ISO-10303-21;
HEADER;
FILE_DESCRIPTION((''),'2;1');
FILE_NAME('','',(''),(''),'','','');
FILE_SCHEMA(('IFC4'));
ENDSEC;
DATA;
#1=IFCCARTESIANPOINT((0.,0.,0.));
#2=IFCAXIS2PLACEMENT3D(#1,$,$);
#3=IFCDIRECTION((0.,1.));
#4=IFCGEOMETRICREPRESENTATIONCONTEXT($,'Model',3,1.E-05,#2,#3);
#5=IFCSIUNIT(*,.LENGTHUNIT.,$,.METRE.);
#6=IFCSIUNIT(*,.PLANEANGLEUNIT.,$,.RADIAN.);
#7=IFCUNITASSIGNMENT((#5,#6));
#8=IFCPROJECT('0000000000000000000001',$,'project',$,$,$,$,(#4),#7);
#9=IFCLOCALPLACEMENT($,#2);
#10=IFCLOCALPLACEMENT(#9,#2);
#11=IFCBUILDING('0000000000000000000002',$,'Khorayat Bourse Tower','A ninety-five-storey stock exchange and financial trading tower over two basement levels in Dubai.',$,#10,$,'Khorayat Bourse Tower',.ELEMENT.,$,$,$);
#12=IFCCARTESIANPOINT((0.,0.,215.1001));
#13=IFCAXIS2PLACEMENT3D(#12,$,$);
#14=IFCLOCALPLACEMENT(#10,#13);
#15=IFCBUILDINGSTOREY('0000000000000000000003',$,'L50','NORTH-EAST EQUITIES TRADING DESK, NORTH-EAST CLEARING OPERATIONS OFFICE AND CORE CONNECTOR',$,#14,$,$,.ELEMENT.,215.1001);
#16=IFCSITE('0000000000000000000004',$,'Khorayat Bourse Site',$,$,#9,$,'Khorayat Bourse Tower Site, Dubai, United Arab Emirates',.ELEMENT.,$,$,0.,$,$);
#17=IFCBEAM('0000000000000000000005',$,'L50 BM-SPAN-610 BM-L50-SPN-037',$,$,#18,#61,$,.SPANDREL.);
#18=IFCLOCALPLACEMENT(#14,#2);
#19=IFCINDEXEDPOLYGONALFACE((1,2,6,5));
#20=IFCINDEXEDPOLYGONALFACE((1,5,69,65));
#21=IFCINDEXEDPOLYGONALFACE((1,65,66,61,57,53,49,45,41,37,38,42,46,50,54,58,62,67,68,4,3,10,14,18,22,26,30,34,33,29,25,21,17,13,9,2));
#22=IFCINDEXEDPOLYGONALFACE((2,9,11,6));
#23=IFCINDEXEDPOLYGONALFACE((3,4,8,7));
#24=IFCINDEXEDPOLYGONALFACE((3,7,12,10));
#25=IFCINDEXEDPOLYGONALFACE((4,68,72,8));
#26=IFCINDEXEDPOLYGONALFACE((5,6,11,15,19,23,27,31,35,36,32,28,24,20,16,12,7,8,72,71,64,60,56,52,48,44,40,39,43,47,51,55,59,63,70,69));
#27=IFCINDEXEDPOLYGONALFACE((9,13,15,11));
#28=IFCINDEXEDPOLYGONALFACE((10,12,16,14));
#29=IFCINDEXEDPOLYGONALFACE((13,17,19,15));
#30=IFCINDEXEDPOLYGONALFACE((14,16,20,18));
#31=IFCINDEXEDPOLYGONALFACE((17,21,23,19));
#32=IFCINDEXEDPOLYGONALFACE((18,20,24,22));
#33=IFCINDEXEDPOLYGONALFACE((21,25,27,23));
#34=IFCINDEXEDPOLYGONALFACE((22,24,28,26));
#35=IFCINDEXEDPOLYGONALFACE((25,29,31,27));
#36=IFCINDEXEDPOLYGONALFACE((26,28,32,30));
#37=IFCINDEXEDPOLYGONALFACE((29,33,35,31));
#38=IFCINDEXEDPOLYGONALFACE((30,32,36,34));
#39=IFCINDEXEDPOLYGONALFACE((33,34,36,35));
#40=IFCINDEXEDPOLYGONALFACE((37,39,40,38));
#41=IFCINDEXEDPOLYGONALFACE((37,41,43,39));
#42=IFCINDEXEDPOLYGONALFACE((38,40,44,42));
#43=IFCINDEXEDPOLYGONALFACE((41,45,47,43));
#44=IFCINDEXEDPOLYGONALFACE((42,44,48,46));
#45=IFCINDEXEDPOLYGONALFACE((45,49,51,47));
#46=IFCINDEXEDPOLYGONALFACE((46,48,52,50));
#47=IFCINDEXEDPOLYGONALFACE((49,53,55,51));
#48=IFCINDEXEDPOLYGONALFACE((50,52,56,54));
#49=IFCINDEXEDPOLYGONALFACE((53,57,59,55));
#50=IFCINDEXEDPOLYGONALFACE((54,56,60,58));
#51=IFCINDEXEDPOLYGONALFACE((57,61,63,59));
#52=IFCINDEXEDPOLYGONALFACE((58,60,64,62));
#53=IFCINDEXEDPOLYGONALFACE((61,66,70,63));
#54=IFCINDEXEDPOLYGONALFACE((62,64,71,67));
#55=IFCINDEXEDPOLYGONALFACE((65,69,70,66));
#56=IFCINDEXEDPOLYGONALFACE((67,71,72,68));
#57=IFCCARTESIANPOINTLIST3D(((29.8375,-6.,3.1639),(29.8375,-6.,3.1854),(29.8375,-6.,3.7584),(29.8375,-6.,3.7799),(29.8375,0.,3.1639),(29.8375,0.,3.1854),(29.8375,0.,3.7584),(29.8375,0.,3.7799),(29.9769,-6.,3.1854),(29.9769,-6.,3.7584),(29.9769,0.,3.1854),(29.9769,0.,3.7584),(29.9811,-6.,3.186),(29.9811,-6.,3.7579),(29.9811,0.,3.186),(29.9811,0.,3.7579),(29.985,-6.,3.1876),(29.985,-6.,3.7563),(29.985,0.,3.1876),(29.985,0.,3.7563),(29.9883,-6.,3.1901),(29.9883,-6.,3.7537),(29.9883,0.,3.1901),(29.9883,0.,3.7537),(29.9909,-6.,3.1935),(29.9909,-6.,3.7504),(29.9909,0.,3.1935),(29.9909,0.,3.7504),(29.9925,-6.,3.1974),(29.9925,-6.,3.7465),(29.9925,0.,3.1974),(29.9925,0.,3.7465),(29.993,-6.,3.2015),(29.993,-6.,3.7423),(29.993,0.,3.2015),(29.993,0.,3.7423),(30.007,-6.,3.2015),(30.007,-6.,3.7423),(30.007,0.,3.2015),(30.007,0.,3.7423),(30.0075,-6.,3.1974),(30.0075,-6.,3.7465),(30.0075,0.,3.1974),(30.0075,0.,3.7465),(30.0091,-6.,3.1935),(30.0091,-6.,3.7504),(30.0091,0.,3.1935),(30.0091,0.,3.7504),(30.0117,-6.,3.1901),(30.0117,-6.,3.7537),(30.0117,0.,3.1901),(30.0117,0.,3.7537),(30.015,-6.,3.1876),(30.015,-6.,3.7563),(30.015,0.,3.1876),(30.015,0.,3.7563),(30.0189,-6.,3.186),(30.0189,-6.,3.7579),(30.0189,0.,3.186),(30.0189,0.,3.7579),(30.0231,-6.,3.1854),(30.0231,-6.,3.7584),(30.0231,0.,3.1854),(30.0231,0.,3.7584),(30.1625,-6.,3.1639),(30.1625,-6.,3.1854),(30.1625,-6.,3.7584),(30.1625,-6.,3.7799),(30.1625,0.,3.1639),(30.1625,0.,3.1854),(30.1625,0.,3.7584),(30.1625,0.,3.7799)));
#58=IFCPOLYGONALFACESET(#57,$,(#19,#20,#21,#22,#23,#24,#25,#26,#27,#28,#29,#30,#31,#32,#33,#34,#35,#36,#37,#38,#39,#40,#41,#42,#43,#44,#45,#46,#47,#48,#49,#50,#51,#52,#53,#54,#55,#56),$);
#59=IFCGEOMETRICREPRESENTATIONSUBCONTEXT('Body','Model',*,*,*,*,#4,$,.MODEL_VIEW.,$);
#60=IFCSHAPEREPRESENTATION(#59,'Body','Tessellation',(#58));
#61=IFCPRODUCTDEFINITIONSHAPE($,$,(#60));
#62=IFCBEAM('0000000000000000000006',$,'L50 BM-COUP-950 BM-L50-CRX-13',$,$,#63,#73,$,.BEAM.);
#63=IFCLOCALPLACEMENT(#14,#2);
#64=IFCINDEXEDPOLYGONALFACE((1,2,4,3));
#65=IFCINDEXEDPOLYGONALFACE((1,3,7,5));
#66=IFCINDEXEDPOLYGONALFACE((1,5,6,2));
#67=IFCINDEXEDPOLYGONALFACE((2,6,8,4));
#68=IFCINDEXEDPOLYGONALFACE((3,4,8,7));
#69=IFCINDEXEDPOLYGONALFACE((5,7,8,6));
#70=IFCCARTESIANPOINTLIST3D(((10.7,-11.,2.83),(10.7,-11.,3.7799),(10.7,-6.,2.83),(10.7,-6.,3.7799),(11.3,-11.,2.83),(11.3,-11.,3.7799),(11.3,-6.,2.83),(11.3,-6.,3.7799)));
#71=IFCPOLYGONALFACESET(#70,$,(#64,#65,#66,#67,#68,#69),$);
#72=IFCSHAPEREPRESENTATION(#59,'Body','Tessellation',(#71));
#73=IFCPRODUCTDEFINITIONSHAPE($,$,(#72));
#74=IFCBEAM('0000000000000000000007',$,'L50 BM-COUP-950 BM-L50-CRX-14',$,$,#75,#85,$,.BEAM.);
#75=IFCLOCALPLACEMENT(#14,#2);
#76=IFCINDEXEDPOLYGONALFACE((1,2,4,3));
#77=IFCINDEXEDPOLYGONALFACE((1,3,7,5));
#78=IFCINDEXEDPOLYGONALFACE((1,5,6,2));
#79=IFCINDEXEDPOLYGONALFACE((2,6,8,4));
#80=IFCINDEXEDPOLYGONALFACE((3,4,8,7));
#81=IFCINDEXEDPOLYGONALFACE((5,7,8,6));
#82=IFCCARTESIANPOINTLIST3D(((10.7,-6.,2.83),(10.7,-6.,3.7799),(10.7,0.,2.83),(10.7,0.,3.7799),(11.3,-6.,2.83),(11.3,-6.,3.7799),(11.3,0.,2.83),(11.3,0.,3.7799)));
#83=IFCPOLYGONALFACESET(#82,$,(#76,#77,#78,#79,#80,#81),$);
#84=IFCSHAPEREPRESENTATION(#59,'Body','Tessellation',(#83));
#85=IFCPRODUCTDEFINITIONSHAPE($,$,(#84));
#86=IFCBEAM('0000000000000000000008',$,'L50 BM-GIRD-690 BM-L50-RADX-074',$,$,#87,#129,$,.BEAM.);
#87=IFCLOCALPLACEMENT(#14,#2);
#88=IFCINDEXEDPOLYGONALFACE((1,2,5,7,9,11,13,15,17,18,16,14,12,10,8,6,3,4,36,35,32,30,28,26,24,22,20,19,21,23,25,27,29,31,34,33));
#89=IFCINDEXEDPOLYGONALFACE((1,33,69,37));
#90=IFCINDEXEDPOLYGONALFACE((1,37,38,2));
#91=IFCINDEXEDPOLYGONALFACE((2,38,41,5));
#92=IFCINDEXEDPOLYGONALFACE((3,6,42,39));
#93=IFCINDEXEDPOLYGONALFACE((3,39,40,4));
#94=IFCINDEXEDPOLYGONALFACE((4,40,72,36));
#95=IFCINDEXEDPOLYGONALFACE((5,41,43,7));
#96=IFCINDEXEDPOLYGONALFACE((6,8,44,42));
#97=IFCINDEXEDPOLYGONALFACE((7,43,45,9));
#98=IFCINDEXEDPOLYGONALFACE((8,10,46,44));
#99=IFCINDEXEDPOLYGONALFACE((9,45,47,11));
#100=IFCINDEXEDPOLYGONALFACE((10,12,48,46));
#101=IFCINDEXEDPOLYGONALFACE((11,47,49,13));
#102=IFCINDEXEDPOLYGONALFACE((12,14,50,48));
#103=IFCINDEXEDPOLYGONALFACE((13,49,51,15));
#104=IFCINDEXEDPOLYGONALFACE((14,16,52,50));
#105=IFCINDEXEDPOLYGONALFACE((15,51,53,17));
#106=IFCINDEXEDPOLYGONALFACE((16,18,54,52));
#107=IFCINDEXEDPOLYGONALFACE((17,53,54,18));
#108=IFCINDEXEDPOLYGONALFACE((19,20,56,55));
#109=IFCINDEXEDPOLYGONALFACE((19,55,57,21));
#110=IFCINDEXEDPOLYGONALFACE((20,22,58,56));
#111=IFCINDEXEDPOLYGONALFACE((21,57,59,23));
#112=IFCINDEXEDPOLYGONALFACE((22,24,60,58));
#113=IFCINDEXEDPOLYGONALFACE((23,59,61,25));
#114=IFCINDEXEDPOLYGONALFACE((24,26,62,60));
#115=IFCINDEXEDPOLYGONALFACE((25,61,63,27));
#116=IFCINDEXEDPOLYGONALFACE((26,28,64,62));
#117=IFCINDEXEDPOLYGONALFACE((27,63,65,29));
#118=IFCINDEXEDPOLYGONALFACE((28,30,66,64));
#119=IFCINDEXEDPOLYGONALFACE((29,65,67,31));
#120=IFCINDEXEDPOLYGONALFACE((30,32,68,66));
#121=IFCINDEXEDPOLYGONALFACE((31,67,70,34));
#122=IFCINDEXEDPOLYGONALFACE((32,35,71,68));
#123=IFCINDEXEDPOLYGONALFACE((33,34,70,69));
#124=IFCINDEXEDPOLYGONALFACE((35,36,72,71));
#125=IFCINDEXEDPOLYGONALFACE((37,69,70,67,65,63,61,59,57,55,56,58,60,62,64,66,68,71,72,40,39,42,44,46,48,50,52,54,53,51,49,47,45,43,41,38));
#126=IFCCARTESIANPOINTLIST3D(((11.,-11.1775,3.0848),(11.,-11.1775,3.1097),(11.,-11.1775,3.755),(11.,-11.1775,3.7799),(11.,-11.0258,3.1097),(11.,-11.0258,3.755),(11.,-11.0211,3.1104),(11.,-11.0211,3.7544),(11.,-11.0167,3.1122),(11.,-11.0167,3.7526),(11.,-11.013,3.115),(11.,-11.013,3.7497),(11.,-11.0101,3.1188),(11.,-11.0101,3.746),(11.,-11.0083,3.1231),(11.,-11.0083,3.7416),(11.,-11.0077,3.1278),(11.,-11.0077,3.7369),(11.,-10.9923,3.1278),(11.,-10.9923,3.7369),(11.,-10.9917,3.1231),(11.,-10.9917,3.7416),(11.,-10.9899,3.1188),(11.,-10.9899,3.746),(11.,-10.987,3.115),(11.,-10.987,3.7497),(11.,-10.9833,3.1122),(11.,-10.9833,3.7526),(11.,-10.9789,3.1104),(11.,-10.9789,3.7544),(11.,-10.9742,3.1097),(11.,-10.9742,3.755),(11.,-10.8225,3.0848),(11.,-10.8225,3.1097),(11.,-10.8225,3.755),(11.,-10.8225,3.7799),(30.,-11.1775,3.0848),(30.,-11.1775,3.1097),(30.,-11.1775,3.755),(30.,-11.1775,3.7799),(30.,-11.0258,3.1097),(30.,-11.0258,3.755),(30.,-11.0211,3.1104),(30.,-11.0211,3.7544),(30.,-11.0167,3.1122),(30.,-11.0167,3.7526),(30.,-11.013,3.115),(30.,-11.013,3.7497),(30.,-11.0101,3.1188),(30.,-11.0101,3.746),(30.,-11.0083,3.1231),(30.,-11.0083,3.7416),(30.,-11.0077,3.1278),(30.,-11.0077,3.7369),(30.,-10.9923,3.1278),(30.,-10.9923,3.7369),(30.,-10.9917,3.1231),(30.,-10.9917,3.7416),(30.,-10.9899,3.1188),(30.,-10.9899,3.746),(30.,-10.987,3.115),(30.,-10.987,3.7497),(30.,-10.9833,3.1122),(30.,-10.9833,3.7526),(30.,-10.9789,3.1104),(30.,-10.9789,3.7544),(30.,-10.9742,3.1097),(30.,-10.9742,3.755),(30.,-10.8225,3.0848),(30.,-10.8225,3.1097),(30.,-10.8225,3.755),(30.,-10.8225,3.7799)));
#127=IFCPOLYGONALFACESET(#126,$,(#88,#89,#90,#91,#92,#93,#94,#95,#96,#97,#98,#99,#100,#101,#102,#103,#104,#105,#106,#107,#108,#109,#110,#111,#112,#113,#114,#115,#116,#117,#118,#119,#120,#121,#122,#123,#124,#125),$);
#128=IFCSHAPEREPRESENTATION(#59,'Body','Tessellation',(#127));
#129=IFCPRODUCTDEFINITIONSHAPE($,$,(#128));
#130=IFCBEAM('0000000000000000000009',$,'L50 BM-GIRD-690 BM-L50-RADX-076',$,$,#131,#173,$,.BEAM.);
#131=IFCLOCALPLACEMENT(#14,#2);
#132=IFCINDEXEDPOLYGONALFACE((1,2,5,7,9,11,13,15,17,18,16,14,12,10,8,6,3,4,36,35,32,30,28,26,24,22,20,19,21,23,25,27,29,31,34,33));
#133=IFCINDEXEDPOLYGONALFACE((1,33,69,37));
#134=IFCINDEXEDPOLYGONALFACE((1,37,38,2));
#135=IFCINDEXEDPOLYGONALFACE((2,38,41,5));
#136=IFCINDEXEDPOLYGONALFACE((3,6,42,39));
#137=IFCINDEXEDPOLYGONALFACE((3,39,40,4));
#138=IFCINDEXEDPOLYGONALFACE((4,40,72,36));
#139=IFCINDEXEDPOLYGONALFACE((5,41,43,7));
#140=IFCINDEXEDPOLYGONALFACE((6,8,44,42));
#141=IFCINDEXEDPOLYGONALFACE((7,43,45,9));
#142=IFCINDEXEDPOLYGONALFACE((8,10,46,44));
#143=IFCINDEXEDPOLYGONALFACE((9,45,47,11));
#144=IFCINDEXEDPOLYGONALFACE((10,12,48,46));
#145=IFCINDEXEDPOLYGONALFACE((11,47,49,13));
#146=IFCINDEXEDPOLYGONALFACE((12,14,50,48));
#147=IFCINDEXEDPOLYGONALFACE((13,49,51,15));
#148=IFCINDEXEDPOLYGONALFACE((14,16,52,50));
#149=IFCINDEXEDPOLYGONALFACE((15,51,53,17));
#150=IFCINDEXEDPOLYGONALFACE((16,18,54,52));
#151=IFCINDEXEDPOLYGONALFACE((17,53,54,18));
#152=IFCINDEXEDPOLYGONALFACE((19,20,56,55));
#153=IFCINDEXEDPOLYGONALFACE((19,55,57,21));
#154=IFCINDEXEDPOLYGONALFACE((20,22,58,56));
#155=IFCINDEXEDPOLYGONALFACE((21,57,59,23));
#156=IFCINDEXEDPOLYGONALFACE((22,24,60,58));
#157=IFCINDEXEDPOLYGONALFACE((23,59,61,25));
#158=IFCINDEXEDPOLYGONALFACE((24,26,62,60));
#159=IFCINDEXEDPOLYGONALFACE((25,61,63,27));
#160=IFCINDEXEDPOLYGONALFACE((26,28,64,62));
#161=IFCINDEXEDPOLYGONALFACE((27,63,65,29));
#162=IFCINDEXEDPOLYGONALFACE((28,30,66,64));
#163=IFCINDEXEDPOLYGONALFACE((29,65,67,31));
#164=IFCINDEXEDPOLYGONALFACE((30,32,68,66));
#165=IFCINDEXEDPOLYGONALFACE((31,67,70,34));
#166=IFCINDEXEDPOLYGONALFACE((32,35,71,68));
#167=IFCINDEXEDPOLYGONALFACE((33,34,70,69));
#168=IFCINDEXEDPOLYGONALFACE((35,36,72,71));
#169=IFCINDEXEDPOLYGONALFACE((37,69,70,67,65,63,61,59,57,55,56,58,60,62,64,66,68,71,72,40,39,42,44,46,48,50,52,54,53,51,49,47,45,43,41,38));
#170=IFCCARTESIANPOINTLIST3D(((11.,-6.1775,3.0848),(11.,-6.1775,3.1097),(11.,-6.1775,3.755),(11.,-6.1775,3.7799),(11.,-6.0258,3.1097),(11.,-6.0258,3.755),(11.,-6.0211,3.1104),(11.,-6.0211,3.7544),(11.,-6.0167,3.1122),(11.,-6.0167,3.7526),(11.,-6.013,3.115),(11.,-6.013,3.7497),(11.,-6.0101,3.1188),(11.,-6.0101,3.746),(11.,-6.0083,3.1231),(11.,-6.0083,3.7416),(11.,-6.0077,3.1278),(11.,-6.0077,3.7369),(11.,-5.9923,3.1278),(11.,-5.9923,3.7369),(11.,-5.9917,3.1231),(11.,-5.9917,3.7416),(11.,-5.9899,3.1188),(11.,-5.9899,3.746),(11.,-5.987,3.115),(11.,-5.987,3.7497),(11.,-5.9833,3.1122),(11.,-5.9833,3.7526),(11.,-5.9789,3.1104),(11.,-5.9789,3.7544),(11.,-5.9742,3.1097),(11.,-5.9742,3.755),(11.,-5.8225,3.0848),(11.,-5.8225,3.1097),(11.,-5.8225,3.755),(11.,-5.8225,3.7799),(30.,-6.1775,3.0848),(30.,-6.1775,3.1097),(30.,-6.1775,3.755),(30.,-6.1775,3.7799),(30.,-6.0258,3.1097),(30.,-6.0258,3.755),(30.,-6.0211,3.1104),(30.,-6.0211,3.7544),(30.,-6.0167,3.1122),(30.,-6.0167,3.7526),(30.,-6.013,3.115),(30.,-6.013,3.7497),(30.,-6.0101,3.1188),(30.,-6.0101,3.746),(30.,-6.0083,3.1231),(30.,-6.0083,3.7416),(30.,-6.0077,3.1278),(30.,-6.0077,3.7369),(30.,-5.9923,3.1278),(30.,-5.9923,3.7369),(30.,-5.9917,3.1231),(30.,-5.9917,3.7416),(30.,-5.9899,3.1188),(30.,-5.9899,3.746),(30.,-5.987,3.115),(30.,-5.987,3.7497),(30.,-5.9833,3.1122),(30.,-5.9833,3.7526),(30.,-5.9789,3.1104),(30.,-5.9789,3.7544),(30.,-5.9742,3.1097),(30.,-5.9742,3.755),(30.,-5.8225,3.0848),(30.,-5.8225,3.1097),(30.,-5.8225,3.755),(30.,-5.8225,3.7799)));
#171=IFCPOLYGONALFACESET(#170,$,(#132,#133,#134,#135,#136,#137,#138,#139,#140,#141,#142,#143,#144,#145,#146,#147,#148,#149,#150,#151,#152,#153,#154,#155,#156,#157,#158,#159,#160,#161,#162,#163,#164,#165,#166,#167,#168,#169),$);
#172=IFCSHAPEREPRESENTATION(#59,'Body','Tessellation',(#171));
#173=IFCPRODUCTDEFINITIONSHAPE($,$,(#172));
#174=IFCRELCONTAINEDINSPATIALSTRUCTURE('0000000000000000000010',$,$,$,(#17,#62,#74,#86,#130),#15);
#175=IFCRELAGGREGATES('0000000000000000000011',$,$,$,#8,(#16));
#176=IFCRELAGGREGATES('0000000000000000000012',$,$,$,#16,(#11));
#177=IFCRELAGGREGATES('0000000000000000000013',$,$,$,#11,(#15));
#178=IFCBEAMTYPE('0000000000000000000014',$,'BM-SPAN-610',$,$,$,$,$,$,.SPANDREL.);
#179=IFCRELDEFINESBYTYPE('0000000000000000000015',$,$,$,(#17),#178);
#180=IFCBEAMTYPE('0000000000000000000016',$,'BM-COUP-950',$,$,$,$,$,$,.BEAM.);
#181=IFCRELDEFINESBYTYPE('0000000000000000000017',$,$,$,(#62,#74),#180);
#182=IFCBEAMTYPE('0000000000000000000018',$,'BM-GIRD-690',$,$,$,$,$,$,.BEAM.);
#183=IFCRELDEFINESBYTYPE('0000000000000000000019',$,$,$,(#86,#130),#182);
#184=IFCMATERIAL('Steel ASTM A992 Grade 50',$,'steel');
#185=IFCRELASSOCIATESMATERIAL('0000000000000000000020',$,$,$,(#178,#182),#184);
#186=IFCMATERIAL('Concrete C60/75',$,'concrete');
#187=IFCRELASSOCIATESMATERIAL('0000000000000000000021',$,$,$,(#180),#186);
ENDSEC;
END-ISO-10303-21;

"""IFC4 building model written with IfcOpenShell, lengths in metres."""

from ifc_helpers import new_model, si_unit, direction, frame, origin, origin_2d, place, context, subcontext, project, spatial, rectangle, i_section, extrude, source, transform, mapped, material, material_profile, profile_set, type_object, element, save


model = new_model("IFC4")

# Units and contexts
model_context = context("Model", 3, precision=1e-05, world=origin(), true_north=direction((0.0, 1.0)))
body_context = subcontext(model_context, "Body", "Model", "MODEL_VIEW")
ifc_project = project(units=[si_unit("LENGTHUNIT", "METRE"), si_unit("PLANEANGLEUNIT", "RADIAN")], contexts=[model_context])

# Site, building, storey
site_placement = place(None, origin())
site = spatial("IfcSite", under=ifc_project, at=site_placement, Name="Khorayat Bourse Site", LongName="Khorayat Bourse Tower Site, Dubai, United Arab Emirates", CompositionType="ELEMENT", RefElevation=0.0)
building_placement = place(site_placement, origin())
building = spatial("IfcBuilding", under=site, at=building_placement, Name="Khorayat Bourse Tower", Description="A ninety-five-storey stock exchange and financial trading tower over two basement levels in Dubai.", LongName="Khorayat Bourse Tower", CompositionType="ELEMENT")
storey_placement = place(building_placement, frame((0.0, 0.0, 215.1001)))
storey = spatial("IfcBuildingStorey", under=building, at=storey_placement, Name="L50", Description="NORTH-EAST EQUITIES TRADING DESK, NORTH-EAST CLEARING OPERATIONS OFFICE AND CORE CONNECTOR", CompositionType="ELEMENT", Elevation=215.1001)

# Shared definitions
ifc_material_1 = material(Name="Concrete C60/75", Category="concrete")

# Beams
ifc_material_2 = material(Name="Steel ASTM A992 Grade 50", Category="steel")
ifc_material_profile_1 = material_profile(ifc_material_2, i_section(OverallWidth=0.325, OverallDepth=0.616, WebThickness=0.0139, FlangeThickness=0.0215, FilletRadius=0.0161, at=origin_2d()), Name="W610X174")
ifc_profile_set_1 = profile_set([ifc_material_profile_1], Name="Steel ASTM A992 Grade 50")
beam_type_1 = type_object("IfcBeamType", Name="BM-SPAN-610", PredefinedType="SPANDREL", material=ifc_profile_set_1)
shared_shape_1 = source(origin(), body_context, "Body", "SweptSolid", [
    extrude(i_section(OverallWidth=0.325, OverallDepth=0.616, WebThickness=0.0139, FlangeThickness=0.0215, FilletRadius=0.0161, at=origin_2d()), origin(), (0.0, 0.0, 1.0), 6.0),
])
beam_1_placement = place(storey_placement, frame((30.0, -6.0, 3.4719), z_axis=(0.0, 1.0, 0.0), x_axis=(-1.0, 0.0, 0.0)))
element("IfcBeam", 1, at=beam_1_placement, inside=storey, type_object=beam_type_1, Name="L50 BM-SPAN-610 BM-L50-SPN-037", PredefinedType="SPANDREL", context=body_context, shape_type="MappedRepresentation", body=[
    mapped(shared_shape_1, transform((0.0, 0.0, 0.0), scale=1.0)),
])
ifc_material_profile_2 = material_profile(ifc_material_1, rectangle(XDim=0.6001, YDim=0.95, at=origin_2d()), Name="RC 600x950")
ifc_profile_set_2 = profile_set([ifc_material_profile_2], Name="Concrete C60/75")
beam_type_2 = type_object("IfcBeamType", Name="BM-COUP-950", PredefinedType="BEAM", material=ifc_profile_set_2)
shared_shape_2 = source(origin(), body_context, "Body", "SweptSolid", [
    extrude(rectangle(XDim=0.6001, YDim=0.95, at=origin_2d()), origin(), (0.0, 0.0, 1.0), 5.0),
])
beam_2_placement = place(storey_placement, frame((11.0, -11.0, 3.3049), z_axis=(0.0, 1.0, 0.0), x_axis=(-1.0, 0.0, 0.0)))
element("IfcBeam", 2, at=beam_2_placement, inside=storey, type_object=beam_type_2, Name="L50 BM-COUP-950 BM-L50-CRX-13", PredefinedType="BEAM", context=body_context, shape_type="MappedRepresentation", body=[
    mapped(shared_shape_2, transform((0.0, 0.0, 0.0), scale=1.0)),
])
shared_shape_3 = source(origin(), body_context, "Body", "SweptSolid", [
    extrude(rectangle(XDim=0.6001, YDim=0.95, at=origin_2d()), origin(), (0.0, 0.0, 1.0), 6.0),
])
beam_3_placement = place(storey_placement, frame((11.0, -6.0, 3.3049), z_axis=(0.0, 1.0, 0.0), x_axis=(-1.0, 0.0, 0.0)))
element("IfcBeam", 3, at=beam_3_placement, inside=storey, type_object=beam_type_2, Name="L50 BM-COUP-950 BM-L50-CRX-14", PredefinedType="BEAM", context=body_context, shape_type="MappedRepresentation", body=[
    mapped(shared_shape_3, transform((0.0, 0.0, 0.0), scale=1.0)),
])
ifc_material_profile_3 = material_profile(ifc_material_2, i_section(OverallWidth=0.355, OverallDepth=0.6951, WebThickness=0.0154, FlangeThickness=0.0249, FilletRadius=0.0181, at=origin_2d()), Name="W690X217")
ifc_profile_set_3 = profile_set([ifc_material_profile_3], Name="Steel ASTM A992 Grade 50")
beam_type_3 = type_object("IfcBeamType", Name="BM-GIRD-690", PredefinedType="BEAM", material=ifc_profile_set_3)
shared_shape_4 = source(origin(), body_context, "Body", "SweptSolid", [
    extrude(i_section(OverallWidth=0.355, OverallDepth=0.6951, WebThickness=0.0154, FlangeThickness=0.0249, FilletRadius=0.0181, at=origin_2d()), origin(), (0.0, 0.0, 1.0), 19.0),
])
for number, where, z_axis, x_axis, name in (
    (4, (11.0, -11.0, 3.4324), (1.0, 0.0, 0.0), (0.0, 1.0, 0.0), "L50 BM-GIRD-690 BM-L50-RADX-074"),
    (5, (11.0, -6.0, 3.4324), (1.0, 0.0, 0.0), (0.0, 1.0, 0.0), "L50 BM-GIRD-690 BM-L50-RADX-076"),
):
    element("IfcBeam", number, at=place(storey_placement, frame(where, z_axis=z_axis, x_axis=x_axis)), inside=storey, type_object=beam_type_3, Name=name, PredefinedType="BEAM", context=body_context, shape_type="MappedRepresentation", body=[
        mapped(shared_shape_4, transform((0.0, 0.0, 0.0), scale=1.0)),
    ])

save(model, "model.ifc")
